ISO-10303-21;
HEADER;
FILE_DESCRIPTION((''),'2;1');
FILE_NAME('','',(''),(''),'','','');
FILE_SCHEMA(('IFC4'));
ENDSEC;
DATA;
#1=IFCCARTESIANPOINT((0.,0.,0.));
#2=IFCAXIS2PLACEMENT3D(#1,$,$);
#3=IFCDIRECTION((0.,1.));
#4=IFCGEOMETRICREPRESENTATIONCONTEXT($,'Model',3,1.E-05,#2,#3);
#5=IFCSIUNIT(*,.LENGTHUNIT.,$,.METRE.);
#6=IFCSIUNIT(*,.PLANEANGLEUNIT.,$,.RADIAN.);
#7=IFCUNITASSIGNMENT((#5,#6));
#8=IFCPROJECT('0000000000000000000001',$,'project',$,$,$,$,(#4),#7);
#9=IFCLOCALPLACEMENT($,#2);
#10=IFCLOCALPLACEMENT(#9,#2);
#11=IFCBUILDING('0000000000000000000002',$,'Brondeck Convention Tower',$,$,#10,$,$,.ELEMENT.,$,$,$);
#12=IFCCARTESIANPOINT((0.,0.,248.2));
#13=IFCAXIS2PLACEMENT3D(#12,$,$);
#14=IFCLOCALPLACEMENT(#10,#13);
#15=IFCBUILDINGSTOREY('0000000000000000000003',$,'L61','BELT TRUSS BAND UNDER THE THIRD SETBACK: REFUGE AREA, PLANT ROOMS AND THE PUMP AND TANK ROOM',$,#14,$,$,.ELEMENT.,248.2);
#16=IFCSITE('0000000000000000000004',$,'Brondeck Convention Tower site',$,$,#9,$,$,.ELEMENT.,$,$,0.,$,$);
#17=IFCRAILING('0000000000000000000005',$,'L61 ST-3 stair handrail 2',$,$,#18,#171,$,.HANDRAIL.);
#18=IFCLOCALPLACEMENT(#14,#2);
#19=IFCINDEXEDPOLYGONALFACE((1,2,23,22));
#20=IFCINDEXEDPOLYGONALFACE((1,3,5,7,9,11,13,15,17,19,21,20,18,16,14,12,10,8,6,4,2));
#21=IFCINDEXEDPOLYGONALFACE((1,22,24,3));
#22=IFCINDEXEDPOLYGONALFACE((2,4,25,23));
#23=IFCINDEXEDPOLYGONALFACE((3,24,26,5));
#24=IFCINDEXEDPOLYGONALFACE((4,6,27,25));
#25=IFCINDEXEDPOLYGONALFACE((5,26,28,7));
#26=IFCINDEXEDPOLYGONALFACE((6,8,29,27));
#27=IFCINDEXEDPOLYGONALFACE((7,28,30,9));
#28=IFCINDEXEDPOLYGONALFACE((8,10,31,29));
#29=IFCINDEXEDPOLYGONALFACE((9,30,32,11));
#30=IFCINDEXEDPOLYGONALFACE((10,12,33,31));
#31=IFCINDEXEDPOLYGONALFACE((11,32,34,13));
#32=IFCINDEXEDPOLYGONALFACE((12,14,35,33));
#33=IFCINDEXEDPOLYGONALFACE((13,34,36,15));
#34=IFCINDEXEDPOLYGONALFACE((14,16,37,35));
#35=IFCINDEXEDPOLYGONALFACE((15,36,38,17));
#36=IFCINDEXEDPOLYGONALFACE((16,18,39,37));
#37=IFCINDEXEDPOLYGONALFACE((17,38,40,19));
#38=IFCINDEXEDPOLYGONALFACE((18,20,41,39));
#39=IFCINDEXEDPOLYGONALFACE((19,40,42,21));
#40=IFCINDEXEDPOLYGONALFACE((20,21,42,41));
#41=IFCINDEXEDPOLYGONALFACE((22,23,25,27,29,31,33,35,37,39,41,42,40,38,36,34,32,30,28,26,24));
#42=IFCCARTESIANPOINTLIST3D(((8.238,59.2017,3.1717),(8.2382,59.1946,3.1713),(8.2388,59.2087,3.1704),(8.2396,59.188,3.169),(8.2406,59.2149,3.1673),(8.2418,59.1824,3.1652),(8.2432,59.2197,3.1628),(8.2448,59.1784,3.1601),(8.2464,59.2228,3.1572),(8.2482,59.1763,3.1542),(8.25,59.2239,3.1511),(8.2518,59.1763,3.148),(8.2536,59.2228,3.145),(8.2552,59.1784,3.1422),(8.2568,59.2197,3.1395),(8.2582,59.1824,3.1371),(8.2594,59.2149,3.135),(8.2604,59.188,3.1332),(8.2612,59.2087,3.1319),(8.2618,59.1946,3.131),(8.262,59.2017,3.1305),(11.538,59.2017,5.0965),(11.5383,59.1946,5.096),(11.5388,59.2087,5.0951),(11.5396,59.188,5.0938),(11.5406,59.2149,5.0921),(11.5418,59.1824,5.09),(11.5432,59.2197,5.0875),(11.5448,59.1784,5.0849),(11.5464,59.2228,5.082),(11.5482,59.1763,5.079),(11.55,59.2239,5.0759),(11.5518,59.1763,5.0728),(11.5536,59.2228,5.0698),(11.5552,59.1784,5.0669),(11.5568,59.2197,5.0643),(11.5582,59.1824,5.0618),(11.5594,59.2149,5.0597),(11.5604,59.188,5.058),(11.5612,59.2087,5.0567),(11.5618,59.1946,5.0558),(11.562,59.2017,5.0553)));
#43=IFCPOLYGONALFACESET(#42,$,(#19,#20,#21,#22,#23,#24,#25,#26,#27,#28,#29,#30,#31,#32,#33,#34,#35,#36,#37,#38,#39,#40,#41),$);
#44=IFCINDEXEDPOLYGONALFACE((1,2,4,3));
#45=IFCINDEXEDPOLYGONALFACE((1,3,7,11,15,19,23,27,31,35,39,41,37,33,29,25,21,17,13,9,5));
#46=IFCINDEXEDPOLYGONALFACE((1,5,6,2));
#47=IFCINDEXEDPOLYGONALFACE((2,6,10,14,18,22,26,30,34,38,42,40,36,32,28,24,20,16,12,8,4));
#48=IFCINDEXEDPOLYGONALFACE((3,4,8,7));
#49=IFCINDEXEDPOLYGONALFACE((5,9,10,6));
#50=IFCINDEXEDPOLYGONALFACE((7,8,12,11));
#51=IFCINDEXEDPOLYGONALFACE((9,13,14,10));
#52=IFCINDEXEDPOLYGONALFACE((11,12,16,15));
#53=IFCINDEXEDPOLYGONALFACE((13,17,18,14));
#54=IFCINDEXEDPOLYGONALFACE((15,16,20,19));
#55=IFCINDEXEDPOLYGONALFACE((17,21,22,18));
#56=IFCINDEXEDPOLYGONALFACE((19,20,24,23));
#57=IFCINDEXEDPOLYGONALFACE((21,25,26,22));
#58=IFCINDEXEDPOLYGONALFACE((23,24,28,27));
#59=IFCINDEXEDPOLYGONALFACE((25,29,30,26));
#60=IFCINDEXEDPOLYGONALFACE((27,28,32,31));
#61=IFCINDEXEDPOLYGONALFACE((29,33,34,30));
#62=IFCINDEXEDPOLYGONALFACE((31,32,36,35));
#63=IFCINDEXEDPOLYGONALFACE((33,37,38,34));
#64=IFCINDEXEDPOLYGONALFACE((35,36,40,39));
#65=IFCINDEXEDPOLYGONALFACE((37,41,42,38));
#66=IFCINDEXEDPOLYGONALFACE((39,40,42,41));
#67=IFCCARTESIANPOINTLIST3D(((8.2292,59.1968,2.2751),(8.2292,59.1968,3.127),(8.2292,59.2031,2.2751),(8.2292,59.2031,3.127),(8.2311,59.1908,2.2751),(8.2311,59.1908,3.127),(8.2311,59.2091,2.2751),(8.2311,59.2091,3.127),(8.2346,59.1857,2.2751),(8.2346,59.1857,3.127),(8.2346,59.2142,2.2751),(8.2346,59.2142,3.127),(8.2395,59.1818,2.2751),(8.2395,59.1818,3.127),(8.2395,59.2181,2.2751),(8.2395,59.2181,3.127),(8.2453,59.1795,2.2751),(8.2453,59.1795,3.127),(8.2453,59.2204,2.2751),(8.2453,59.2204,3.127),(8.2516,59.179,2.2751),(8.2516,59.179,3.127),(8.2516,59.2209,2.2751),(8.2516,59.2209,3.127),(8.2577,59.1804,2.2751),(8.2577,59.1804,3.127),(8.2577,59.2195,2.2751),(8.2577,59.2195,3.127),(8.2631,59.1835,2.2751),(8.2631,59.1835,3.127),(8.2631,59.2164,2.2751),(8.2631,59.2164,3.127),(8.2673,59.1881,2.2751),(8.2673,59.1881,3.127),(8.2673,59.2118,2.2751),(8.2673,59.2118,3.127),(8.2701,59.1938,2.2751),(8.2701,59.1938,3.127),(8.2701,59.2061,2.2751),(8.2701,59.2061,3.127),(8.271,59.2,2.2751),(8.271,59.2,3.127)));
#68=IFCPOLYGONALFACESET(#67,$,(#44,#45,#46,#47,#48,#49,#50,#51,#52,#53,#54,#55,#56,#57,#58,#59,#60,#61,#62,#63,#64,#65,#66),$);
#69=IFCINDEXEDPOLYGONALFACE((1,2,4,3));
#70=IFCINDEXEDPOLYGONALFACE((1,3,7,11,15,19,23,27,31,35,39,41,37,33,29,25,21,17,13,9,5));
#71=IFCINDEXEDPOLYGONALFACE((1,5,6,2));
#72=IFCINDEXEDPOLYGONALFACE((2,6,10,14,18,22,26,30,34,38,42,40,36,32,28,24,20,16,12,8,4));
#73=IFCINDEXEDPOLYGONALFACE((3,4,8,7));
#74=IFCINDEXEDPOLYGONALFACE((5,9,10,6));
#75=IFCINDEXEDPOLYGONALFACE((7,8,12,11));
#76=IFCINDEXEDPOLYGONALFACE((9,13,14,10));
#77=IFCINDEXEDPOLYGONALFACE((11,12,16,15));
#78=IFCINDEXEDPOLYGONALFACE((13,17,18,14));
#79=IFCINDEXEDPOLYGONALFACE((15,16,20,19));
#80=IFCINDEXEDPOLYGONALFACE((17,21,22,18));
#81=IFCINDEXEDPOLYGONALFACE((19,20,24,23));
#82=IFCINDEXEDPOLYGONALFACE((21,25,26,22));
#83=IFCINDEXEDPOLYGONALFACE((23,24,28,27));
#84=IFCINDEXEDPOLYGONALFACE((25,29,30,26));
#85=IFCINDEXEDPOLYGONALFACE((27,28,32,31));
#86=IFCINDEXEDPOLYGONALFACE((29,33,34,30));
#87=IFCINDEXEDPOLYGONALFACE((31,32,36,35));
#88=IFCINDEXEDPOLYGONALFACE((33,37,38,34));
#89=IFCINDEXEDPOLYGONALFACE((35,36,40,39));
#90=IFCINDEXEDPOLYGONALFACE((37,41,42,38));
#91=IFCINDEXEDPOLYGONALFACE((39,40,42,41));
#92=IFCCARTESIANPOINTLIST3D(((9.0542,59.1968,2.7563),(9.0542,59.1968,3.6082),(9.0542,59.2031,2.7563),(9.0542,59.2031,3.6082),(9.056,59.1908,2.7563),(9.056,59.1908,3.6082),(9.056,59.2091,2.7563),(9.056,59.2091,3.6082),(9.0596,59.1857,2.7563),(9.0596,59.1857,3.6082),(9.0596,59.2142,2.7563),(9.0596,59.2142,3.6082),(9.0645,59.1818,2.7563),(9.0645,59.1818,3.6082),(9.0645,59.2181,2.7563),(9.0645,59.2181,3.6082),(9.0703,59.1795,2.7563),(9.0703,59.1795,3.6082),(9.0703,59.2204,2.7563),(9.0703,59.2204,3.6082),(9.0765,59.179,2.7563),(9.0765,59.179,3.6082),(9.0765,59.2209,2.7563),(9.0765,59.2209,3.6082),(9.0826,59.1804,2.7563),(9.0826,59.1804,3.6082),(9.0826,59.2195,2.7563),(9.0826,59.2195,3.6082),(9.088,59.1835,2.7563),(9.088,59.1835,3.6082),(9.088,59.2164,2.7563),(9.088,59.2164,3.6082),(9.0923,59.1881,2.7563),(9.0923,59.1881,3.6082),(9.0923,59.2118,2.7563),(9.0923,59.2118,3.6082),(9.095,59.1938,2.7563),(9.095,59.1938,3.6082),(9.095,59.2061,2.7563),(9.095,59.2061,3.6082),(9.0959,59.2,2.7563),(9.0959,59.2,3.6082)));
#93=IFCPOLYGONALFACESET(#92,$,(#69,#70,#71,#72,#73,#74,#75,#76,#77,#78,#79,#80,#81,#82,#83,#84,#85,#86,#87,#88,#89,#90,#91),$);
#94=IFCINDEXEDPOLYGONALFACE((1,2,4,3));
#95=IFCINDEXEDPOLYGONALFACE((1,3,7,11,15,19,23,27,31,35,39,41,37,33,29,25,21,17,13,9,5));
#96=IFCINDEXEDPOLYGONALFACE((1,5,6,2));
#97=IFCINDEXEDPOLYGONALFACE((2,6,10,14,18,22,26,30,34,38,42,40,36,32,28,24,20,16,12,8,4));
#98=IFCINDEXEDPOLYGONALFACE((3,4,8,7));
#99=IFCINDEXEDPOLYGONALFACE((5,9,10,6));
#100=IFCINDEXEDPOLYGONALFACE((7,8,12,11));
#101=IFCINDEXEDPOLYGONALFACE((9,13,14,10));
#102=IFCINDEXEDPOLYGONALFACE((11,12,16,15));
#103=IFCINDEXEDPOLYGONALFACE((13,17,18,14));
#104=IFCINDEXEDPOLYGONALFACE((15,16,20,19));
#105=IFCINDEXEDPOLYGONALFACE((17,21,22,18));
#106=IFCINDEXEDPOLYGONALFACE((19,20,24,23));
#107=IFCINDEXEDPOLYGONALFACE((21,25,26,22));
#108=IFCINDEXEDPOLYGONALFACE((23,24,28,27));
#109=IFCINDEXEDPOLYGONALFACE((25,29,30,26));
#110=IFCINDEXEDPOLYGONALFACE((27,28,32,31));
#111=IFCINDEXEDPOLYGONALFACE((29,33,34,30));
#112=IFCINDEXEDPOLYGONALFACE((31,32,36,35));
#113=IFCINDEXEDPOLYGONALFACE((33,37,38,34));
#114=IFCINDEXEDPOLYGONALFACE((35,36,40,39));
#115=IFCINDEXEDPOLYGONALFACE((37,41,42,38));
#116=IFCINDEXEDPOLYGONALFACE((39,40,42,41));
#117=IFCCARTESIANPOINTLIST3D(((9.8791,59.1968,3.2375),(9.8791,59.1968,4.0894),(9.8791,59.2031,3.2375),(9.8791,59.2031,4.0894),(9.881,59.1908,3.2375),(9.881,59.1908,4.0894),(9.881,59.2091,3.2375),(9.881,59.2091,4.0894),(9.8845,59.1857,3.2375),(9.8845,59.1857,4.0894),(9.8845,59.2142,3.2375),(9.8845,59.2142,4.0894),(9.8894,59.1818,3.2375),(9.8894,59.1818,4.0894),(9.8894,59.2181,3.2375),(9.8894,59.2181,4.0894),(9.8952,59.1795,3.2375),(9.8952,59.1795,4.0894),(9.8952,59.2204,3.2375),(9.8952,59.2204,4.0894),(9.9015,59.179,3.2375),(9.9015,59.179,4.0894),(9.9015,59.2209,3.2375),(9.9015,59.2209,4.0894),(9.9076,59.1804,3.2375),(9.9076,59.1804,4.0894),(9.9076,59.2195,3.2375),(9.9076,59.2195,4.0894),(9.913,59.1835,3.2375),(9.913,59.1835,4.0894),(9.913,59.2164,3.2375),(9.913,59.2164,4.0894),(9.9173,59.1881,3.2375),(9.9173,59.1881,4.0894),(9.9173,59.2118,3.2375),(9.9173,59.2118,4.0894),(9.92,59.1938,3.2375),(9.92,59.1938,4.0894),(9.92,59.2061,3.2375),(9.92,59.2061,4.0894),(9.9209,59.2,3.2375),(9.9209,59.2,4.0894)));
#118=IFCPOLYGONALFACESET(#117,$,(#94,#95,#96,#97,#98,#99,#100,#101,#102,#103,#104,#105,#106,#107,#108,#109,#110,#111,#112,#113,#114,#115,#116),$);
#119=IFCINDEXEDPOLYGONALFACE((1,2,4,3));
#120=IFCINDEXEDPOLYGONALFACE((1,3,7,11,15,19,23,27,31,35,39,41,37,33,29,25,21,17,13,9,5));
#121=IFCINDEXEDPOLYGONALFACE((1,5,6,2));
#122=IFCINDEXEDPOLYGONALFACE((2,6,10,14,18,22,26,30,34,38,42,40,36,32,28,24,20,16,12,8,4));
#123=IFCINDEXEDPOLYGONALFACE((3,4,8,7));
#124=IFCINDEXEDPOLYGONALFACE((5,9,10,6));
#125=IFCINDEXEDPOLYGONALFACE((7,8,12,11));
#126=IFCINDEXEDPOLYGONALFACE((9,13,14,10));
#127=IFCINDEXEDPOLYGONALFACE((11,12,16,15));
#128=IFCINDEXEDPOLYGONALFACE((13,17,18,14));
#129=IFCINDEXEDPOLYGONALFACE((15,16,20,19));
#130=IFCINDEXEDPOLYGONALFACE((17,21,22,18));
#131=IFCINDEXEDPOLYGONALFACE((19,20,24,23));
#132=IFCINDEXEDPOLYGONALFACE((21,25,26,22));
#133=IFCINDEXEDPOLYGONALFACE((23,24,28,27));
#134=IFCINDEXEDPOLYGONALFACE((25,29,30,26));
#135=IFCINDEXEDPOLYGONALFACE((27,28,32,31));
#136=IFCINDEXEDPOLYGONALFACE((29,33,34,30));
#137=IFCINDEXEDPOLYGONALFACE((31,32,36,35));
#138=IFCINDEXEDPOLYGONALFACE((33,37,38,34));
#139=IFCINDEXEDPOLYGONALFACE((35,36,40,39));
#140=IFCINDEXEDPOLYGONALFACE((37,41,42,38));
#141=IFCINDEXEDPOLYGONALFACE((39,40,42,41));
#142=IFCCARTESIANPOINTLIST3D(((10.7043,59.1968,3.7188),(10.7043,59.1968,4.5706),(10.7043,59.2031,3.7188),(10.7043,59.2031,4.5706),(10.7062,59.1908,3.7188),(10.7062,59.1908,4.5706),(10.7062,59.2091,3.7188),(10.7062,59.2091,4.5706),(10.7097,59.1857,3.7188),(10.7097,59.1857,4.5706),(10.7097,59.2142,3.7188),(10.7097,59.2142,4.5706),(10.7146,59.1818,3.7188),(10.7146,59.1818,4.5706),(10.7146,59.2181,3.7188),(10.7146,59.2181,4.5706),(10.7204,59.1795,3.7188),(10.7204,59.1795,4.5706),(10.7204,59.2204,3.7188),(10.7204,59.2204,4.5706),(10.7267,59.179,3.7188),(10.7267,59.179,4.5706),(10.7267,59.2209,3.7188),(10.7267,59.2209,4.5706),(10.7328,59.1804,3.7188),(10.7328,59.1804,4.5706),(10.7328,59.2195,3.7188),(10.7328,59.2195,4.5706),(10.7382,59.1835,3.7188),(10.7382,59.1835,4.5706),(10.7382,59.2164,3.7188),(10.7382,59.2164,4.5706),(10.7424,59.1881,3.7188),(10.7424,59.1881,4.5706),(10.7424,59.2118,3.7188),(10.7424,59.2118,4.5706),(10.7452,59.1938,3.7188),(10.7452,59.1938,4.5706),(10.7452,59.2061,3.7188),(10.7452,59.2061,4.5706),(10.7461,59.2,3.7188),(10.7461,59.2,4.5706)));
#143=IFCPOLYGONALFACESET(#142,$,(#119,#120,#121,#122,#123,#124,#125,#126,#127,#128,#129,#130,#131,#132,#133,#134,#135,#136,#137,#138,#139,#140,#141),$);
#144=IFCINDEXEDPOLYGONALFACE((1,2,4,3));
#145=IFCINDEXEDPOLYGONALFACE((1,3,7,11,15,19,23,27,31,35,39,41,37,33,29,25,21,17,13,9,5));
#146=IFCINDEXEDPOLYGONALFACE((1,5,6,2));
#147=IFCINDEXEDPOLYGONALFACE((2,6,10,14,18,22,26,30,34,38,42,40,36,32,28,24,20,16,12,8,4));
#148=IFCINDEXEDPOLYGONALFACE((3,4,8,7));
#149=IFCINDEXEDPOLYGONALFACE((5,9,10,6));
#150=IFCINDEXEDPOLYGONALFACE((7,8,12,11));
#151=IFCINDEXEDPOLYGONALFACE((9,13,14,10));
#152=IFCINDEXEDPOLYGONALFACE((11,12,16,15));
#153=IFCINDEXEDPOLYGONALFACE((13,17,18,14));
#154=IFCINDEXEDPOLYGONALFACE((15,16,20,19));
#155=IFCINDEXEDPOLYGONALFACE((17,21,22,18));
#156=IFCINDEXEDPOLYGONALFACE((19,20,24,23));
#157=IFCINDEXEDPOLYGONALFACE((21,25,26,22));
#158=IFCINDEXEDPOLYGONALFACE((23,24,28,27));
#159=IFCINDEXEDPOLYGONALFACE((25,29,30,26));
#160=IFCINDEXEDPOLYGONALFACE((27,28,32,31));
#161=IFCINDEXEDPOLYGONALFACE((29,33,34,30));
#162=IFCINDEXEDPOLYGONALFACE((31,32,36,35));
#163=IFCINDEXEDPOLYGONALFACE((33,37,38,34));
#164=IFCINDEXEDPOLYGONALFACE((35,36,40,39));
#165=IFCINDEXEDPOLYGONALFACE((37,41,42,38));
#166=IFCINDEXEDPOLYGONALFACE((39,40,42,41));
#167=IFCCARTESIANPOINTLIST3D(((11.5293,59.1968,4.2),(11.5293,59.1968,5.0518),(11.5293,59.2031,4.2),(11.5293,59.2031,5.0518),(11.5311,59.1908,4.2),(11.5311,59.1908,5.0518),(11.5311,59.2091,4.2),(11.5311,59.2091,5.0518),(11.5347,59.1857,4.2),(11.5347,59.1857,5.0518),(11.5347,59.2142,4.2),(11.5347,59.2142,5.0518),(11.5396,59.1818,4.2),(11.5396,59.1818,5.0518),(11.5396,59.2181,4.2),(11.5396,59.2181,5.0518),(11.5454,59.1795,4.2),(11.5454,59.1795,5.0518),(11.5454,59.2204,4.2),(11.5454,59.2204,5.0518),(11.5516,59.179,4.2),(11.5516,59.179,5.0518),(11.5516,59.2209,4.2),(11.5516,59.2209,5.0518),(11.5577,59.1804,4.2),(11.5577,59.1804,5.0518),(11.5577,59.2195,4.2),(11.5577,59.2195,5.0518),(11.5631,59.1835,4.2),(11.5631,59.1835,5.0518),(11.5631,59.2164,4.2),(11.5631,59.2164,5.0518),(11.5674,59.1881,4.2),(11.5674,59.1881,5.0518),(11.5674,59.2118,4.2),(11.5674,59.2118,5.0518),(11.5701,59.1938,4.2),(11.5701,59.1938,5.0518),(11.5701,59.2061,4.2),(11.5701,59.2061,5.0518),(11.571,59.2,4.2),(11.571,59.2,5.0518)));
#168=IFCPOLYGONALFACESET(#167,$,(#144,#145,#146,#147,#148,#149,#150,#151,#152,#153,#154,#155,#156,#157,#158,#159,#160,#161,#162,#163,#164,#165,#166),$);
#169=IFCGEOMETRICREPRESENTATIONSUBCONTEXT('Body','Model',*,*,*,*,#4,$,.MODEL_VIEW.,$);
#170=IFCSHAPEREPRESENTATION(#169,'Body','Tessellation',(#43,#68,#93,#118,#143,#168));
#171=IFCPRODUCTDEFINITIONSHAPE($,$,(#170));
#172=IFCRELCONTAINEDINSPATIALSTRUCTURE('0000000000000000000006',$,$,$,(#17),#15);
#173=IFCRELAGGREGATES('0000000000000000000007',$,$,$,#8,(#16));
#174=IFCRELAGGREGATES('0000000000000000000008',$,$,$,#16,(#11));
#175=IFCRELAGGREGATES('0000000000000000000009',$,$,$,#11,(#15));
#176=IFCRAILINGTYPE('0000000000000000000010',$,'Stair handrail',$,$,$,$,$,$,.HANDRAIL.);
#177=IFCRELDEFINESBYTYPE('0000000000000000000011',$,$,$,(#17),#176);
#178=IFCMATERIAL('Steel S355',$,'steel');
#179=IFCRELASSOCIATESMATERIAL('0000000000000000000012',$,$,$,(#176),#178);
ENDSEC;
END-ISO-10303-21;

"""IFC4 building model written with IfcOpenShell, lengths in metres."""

from ifc_helpers import new_model, si_unit, direction, frame, origin, origin_2d, place, context, subcontext, project, spatial, circle, extrude, material, type_object, element, save


model = new_model("IFC4")

# Units and contexts
model_context = context("Model", 3, precision=1e-05, world=origin(), true_north=direction((0.0, 1.0)))
body_context = subcontext(model_context, "Body", "Model", "MODEL_VIEW")
ifc_project = project(units=[si_unit("LENGTHUNIT", "METRE"), si_unit("PLANEANGLEUNIT", "RADIAN")], contexts=[model_context])

# Site, building, storey
site_placement = place(None, origin())
site = spatial("IfcSite", under=ifc_project, at=site_placement, Name="Brondeck Convention Tower site", CompositionType="ELEMENT", RefElevation=0.0)
building_placement = place(site_placement, origin())
building = spatial("IfcBuilding", under=site, at=building_placement, Name="Brondeck Convention Tower", CompositionType="ELEMENT")
storey_placement = place(building_placement, frame((0.0, 0.0, 248.2)))
storey = spatial("IfcBuildingStorey", under=building, at=storey_placement, Name="L61", Description="BELT TRUSS BAND UNDER THE THIRD SETBACK: REFUGE AREA, PLANT ROOMS AND THE PUMP AND TANK ROOM", CompositionType="ELEMENT", Elevation=248.2)

# Railing
ifc_material_1 = material(Name="Steel S355", Category="steel")
railing_type_1 = type_object("IfcRailingType", Name="Stair handrail", PredefinedType="HANDRAIL", material=ifc_material_1)
railing_1_placement = place(storey_placement, frame((8.25, 59.2, 2.2751)))
element("IfcRailing", 1, at=railing_1_placement, inside=storey, type_object=railing_type_1, Name="L61 ST-3 stair handrail 2", PredefinedType="HANDRAIL", context=body_context, shape_type="SweptSolid", body=[
    extrude(circle(Radius=0.0239, at=origin_2d()), frame((0.0, 0.0, 0.876), z_axis=(0.863804, 0.0, 0.503827), x_axis=(0.0, 1.0, 0.0)), (0.0, 0.0, 1.0), 3.8203),
    extrude(circle(Radius=0.021, at=origin_2d()), origin(), (0.0, 0.0, 1.0), 0.8518),
    extrude(circle(Radius=0.021, at=origin_2d()), frame((0.825, 0.0, 0.4812)), (0.0, 0.0, 1.0), 0.8518),
    extrude(circle(Radius=0.021, at=origin_2d()), frame((1.6499, 0.0, 0.9624)), (0.0, 0.0, 1.0), 0.8518),
    extrude(circle(Radius=0.021, at=origin_2d()), frame((2.4751, 0.0, 1.4436)), (0.0, 0.0, 1.0), 0.8518),
    extrude(circle(Radius=0.021, at=origin_2d()), frame((3.3, 0.0, 1.9248)), (0.0, 0.0, 1.0), 0.8518),
])

save(model, "model.ifc")
